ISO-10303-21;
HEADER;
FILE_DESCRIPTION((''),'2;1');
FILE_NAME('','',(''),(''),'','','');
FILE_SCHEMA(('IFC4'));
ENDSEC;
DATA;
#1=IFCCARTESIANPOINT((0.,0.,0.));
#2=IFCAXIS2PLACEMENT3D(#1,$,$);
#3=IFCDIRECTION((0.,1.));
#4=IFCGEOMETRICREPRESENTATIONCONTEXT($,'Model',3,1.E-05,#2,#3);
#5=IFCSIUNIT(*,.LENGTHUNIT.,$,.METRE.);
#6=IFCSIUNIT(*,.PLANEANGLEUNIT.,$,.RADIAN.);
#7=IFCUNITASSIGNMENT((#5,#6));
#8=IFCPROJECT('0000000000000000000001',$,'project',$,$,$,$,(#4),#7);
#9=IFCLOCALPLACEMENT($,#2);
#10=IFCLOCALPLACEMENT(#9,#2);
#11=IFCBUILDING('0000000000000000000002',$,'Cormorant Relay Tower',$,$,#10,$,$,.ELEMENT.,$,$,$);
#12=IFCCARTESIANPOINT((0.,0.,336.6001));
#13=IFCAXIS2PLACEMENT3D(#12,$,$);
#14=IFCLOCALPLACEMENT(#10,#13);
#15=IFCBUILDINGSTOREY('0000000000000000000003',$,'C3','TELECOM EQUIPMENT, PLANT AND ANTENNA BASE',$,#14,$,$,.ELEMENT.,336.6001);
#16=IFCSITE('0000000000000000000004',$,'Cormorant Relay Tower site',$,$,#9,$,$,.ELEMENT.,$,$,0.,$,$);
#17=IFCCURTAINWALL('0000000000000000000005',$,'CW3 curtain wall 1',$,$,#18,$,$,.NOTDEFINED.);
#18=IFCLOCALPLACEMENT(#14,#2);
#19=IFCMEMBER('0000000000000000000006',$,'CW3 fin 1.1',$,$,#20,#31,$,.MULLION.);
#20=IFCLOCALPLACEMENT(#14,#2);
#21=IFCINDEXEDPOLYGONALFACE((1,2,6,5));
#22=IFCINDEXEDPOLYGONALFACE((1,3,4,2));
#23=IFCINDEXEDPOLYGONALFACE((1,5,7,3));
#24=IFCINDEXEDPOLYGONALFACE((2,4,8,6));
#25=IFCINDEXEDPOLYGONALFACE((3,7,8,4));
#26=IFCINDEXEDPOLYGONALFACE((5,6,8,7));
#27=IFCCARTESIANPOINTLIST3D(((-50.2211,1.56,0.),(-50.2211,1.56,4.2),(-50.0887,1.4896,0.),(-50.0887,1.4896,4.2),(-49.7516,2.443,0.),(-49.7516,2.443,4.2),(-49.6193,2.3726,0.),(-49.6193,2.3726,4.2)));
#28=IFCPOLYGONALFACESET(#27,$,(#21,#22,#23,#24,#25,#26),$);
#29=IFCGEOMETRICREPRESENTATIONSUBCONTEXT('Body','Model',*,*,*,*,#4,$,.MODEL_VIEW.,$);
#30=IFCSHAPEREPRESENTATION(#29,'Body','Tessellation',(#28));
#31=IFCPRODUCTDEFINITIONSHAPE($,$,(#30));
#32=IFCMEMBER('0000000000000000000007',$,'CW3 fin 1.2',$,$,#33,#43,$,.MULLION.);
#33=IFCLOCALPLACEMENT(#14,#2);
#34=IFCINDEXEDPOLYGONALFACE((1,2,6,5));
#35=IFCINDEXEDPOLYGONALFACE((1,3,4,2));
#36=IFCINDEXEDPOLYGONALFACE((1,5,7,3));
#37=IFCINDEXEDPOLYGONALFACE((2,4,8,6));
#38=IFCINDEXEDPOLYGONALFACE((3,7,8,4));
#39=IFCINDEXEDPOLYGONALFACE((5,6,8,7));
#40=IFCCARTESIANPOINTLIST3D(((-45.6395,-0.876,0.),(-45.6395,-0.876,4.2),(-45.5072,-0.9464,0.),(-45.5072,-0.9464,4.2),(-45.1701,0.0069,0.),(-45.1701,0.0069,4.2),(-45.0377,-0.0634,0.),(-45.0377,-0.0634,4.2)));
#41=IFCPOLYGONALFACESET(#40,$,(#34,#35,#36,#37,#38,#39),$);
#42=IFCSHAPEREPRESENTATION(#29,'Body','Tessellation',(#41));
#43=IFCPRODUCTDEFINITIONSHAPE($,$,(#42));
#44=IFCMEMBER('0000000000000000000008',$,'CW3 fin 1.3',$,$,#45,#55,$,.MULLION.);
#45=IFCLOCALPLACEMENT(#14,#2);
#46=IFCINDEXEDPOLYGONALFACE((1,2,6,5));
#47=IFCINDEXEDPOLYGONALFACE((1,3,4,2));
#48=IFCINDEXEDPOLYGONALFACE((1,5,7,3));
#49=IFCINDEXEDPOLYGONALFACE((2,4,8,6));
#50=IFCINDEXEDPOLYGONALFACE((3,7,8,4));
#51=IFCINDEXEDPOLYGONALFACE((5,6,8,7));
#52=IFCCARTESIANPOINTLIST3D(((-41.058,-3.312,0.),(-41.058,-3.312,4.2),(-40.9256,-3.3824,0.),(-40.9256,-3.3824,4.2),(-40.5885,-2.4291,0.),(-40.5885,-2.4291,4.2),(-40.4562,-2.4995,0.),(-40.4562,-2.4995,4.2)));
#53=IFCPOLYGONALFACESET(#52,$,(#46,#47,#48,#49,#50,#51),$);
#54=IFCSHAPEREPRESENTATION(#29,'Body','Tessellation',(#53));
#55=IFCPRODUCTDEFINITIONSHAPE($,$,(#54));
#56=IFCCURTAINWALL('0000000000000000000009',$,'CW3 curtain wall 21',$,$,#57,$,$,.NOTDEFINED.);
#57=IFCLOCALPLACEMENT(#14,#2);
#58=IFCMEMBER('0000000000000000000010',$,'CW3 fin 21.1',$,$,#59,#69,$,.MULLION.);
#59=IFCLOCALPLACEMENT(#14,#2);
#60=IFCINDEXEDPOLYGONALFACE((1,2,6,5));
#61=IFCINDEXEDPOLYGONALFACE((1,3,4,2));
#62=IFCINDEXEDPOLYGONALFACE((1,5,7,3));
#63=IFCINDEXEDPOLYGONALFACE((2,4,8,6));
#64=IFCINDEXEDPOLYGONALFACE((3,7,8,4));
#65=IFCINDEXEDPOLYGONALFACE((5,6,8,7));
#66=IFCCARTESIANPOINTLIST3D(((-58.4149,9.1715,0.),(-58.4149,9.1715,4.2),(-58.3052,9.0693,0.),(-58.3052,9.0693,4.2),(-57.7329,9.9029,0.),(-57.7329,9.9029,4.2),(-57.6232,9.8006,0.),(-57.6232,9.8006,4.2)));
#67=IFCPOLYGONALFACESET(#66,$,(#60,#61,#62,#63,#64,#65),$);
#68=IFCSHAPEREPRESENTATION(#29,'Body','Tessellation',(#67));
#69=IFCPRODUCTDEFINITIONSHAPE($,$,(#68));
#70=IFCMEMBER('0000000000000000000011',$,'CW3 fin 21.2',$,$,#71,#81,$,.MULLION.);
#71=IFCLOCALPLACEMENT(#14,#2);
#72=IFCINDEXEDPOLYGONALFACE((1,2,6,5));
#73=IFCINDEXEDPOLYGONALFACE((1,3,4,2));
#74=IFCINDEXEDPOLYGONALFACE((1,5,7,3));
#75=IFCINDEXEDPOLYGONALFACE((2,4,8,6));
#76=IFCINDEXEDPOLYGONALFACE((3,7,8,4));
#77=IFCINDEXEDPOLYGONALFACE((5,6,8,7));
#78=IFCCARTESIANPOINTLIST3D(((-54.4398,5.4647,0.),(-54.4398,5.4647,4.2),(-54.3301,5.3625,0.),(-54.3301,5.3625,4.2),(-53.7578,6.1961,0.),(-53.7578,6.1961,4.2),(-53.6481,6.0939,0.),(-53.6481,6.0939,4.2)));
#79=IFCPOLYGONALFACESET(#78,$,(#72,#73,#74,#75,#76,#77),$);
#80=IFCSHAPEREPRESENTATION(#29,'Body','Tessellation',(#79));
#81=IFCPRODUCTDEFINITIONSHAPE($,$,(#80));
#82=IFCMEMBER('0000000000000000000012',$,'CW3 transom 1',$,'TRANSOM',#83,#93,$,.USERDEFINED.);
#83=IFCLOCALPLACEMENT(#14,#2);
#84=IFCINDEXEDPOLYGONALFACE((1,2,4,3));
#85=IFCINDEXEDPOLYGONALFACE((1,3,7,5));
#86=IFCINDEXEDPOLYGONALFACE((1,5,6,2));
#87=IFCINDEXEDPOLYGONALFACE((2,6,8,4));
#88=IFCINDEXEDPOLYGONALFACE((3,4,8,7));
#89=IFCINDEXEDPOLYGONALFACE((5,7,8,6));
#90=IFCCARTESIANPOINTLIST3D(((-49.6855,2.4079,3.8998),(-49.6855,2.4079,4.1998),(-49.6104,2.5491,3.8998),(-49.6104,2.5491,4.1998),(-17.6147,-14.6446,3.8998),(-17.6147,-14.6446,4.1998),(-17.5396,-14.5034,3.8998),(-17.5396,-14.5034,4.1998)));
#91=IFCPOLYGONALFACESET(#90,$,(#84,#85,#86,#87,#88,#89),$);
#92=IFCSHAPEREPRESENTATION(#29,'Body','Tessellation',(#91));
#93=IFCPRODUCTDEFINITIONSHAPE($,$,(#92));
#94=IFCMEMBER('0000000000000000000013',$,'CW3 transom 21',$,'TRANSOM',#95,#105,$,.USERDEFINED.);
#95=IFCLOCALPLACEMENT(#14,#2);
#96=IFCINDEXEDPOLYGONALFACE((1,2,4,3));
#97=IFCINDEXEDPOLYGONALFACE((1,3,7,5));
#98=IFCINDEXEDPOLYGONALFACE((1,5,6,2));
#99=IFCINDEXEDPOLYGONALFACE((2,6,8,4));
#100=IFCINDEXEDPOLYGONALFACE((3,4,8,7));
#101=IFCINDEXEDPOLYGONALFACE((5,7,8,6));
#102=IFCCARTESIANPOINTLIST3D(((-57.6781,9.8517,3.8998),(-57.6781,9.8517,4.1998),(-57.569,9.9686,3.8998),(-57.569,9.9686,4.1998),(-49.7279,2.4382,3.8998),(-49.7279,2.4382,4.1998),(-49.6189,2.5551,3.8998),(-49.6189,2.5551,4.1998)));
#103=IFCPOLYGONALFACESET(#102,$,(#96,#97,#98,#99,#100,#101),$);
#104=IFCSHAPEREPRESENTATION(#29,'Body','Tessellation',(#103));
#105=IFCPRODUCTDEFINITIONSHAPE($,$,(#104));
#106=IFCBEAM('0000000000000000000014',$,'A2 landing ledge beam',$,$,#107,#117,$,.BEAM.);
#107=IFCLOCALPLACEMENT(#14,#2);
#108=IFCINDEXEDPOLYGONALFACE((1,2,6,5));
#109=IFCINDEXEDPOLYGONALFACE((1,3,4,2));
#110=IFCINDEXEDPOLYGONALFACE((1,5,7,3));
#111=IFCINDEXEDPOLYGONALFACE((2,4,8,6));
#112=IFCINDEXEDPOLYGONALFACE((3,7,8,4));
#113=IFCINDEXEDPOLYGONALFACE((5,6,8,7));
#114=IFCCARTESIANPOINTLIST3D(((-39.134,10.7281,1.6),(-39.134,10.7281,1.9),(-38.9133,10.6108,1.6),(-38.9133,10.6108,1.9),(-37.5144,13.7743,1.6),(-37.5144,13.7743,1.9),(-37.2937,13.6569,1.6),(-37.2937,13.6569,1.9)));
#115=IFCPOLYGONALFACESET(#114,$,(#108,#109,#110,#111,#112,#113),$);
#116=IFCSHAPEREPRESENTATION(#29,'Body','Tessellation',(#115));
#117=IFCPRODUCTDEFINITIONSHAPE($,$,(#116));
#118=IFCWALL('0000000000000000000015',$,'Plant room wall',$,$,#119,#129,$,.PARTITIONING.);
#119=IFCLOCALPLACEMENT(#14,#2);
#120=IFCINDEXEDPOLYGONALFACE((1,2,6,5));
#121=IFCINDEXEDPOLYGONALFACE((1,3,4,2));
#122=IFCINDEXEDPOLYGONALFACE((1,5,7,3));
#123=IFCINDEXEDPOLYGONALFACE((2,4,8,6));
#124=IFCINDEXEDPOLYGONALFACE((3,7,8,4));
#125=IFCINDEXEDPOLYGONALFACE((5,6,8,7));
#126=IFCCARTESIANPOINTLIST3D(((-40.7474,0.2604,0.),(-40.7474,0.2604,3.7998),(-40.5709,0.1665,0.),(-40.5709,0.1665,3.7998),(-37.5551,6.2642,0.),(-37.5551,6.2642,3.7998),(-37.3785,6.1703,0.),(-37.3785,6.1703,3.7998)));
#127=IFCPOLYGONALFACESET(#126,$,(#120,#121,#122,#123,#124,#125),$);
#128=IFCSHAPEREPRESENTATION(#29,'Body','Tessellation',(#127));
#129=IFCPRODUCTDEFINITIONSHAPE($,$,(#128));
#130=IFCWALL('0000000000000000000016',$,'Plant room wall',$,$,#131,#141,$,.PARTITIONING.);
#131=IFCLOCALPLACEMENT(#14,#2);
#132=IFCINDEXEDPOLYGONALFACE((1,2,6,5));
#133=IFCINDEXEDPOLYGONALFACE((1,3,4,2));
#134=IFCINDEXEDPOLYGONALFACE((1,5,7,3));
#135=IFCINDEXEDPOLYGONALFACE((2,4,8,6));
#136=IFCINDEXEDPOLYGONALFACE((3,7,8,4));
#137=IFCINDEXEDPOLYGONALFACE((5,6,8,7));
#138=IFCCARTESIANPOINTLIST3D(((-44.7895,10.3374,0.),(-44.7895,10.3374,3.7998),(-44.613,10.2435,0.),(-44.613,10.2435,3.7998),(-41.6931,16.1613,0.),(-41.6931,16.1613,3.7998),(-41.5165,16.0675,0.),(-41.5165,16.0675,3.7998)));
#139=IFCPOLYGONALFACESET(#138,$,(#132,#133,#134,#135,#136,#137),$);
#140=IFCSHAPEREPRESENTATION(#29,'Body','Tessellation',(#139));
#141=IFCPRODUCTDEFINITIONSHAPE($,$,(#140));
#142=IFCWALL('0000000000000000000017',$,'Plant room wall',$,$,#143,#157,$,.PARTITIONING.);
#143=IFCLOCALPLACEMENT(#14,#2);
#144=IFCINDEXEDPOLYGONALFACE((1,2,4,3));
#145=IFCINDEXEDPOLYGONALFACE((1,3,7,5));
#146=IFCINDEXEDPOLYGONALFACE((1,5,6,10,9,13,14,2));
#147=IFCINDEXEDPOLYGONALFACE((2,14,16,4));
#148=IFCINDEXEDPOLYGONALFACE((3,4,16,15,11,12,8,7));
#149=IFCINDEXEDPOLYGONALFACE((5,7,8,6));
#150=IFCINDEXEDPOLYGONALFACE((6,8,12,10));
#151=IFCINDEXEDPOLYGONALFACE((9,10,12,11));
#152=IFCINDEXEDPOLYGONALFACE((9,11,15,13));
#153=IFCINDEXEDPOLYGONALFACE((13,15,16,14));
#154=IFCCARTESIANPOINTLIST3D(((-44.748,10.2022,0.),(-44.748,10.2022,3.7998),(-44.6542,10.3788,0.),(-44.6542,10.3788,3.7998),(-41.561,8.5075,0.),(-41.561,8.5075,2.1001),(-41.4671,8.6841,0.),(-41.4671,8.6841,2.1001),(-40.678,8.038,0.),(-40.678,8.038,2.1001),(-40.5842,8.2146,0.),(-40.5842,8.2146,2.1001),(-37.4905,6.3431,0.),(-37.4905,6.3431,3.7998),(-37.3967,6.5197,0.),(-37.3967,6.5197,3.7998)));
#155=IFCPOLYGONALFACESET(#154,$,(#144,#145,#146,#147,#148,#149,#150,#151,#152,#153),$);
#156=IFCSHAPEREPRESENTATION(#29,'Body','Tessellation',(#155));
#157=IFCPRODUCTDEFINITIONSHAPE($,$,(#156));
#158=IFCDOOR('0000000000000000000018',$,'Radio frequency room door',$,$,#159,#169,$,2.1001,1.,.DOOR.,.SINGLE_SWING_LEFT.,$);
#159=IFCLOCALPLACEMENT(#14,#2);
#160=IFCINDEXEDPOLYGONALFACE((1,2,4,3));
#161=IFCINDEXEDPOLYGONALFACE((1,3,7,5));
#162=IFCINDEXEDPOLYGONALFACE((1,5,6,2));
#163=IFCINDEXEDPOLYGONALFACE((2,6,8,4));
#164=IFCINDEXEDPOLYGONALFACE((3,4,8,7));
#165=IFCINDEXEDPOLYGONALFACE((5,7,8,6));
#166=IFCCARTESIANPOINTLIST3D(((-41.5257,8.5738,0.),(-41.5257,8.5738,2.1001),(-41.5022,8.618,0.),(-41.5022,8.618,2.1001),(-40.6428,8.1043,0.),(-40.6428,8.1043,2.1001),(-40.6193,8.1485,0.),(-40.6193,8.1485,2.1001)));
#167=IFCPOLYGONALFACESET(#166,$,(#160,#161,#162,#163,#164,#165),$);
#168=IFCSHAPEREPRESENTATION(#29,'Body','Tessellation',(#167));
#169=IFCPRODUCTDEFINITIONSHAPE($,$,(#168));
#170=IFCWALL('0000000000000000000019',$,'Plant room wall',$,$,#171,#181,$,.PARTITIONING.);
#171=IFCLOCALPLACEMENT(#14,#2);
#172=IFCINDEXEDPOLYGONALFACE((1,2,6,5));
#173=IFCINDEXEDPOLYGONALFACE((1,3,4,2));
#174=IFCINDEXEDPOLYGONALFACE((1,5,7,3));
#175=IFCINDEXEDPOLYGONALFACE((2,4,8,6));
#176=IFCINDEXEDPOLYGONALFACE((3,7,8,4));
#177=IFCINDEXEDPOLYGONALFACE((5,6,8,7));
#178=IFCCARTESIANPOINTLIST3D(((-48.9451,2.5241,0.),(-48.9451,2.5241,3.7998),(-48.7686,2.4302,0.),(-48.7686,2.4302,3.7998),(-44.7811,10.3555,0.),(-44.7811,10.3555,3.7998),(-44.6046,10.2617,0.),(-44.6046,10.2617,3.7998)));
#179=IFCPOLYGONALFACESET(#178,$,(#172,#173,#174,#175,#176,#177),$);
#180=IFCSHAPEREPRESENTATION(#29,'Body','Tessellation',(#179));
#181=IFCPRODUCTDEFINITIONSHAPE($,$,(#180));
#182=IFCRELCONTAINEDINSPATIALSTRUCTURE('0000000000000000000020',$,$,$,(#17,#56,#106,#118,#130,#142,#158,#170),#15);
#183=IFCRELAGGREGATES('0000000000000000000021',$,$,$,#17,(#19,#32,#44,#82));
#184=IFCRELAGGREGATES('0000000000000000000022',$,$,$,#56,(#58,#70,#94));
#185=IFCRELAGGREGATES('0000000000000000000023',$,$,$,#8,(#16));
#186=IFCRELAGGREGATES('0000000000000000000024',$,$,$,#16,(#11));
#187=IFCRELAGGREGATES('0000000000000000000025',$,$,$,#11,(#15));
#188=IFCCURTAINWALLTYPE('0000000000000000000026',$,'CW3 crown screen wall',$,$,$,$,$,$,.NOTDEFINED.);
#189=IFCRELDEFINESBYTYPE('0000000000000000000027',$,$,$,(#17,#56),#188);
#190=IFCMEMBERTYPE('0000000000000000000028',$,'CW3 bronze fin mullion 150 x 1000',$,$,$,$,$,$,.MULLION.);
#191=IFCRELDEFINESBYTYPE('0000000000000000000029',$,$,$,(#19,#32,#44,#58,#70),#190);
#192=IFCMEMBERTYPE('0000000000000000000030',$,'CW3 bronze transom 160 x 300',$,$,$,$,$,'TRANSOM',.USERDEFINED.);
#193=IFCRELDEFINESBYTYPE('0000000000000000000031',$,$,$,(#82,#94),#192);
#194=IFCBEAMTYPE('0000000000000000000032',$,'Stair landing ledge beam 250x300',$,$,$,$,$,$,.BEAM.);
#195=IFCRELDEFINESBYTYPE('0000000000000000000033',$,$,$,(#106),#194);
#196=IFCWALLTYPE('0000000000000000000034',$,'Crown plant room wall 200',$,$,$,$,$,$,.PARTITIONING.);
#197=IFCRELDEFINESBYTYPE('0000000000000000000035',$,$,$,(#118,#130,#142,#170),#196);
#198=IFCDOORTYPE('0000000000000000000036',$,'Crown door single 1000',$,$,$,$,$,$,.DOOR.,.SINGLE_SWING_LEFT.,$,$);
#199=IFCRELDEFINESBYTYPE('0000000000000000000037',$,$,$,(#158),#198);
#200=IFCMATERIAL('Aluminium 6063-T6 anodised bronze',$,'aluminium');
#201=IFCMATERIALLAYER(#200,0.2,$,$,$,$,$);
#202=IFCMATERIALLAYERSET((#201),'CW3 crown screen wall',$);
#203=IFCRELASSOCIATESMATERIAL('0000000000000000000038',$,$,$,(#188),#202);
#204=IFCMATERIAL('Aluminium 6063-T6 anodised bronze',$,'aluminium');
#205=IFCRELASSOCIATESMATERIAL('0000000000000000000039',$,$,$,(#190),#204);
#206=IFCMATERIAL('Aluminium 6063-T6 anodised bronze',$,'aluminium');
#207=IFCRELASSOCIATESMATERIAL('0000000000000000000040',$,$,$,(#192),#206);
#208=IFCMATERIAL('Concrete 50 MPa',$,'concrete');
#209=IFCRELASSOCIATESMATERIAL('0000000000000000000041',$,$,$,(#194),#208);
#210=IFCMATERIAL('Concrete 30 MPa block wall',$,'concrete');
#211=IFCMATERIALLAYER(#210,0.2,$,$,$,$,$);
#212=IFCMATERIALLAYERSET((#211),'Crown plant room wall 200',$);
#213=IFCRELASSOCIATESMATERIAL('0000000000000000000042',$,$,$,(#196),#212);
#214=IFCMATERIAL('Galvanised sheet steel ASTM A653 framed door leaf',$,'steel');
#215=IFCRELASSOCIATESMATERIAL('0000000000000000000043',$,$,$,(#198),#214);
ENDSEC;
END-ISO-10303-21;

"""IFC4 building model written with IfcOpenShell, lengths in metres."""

from ifc_helpers import new_model, si_unit, direction, frame, frame_2d, origin, origin_2d, place, context, subcontext, project, spatial, rectangle, extrude, material, layer, layer_set, material_profile, profile_set, type_object, element, fill, aggregate, save


model = new_model("IFC4")

# Units and contexts
model_context = context("Model", 3, precision=1e-05, world=origin(), true_north=direction((0.0, 1.0)))
body_context = subcontext(model_context, "Body", "Model", "MODEL_VIEW")
ifc_project = project(units=[si_unit("LENGTHUNIT", "METRE"), si_unit("PLANEANGLEUNIT", "RADIAN")], contexts=[model_context])

# Site, building, storey
site_placement = place(None, origin())
site = spatial("IfcSite", under=ifc_project, at=site_placement, Name="Cormorant Relay Tower site", CompositionType="ELEMENT", RefElevation=0.0)
building_placement = place(site_placement, origin())
building = spatial("IfcBuilding", under=site, at=building_placement, Name="Cormorant Relay Tower", CompositionType="ELEMENT")
storey_placement = place(building_placement, frame((0.0, 0.0, 336.6001)))
storey = spatial("IfcBuildingStorey", under=building, at=storey_placement, Name="C3", Description="TELECOM EQUIPMENT, PLANT AND ANTENNA BASE", CompositionType="ELEMENT", Elevation=336.6001)

# Curtain walls, members
ifc_material_1 = material(Name="Aluminium 6063-T6 anodised bronze", Category="aluminium")
ifc_layer_1 = layer(ifc_material_1, 0.2)
ifc_layer_set_1 = layer_set([ifc_layer_1], Name="CW3 crown screen wall")
curtain_wall_type = type_object("IfcCurtainWallType", Name="CW3 crown screen wall", PredefinedType="NOTDEFINED", material=ifc_layer_set_1)
curtain_wall_1_placement = place(storey_placement, origin())
curtain_wall_1 = element("IfcCurtainWall", 1, at=curtain_wall_1_placement, inside=storey, type_object=curtain_wall_type, Name="CW3 curtain wall 1", PredefinedType="NOTDEFINED")
ifc_material_2 = material(Name="Aluminium 6063-T6 anodised bronze", Category="aluminium")
ifc_material_profile_1 = material_profile(ifc_material_2, rectangle(XDim=0.1499, YDim=1.0, at=origin_2d()), Name="AL 150x1000")
ifc_profile_set_1 = profile_set([ifc_material_profile_1], Name="Aluminium 6063-T6 anodised bronze")
member_type_1 = type_object("IfcMemberType", Name="CW3 bronze fin mullion 150 x 1000", PredefinedType="MULLION", material=ifc_profile_set_1)
member_1_placement = place(storey_placement, frame((-49.9202, 1.9663, 0.0), z_axis=(0.0, 0.0, 1.0), x_axis=(0.882948, -0.469472, 0.0)))
member_1 = element("IfcMember", 2, at=member_1_placement, type_object=member_type_1, Name="CW3 fin 1.1", PredefinedType="MULLION", context=body_context, shape_type="SweptSolid", body=[
    extrude(rectangle(XDim=0.1499, YDim=1.0, at=origin_2d()), origin(), (0.0, 0.0, 1.0), 4.2),
])
member_2_placement = place(storey_placement, frame((-45.3386, -0.4697, 0.0), z_axis=(0.0, 0.0, 1.0), x_axis=(0.882948, -0.469472, 0.0)))
member_2 = element("IfcMember", 3, at=member_2_placement, type_object=member_type_1, Name="CW3 fin 1.2", PredefinedType="MULLION", context=body_context, shape_type="SweptSolid", body=[
    extrude(rectangle(XDim=0.1499, YDim=1.0, at=origin_2d()), origin(), (0.0, 0.0, 1.0), 4.2),
])
member_3_placement = place(storey_placement, frame((-40.7571, -2.9058, 0.0), z_axis=(0.0, 0.0, 1.0), x_axis=(0.882948, -0.469472, 0.0)))
member_3 = element("IfcMember", 4, at=member_3_placement, type_object=member_type_1, Name="CW3 fin 1.3", PredefinedType="MULLION", context=body_context, shape_type="SweptSolid", body=[
    extrude(rectangle(XDim=0.1499, YDim=1.0, at=origin_2d()), origin(), (0.0, 0.0, 1.0), 4.2),
])
curtain_wall_2_placement = place(storey_placement, origin())
curtain_wall_2 = element("IfcCurtainWall", 5, at=curtain_wall_2_placement, inside=storey, type_object=curtain_wall_type, Name="CW3 curtain wall 21", PredefinedType="NOTDEFINED")
member_4_placement = place(storey_placement, frame((-58.019, 9.4861, 0.0), z_axis=(0.0, 0.0, 1.0), x_axis=(0.731354, -0.681998, 0.0)))
member_4 = element("IfcMember", 6, at=member_4_placement, type_object=member_type_1, Name="CW3 fin 21.1", PredefinedType="MULLION", context=body_context, shape_type="SweptSolid", body=[
    extrude(rectangle(XDim=0.1499, YDim=1.0, at=origin_2d()), origin(), (0.0, 0.0, 1.0), 4.2),
])
member_5_placement = place(storey_placement, frame((-54.0439, 5.7793, 0.0), z_axis=(0.0, 0.0, 1.0), x_axis=(0.731354, -0.681998, 0.0)))
member_5 = element("IfcMember", 7, at=member_5_placement, type_object=member_type_1, Name="CW3 fin 21.2", PredefinedType="MULLION", context=body_context, shape_type="SweptSolid", body=[
    extrude(rectangle(XDim=0.1499, YDim=1.0, at=origin_2d()), origin(), (0.0, 0.0, 1.0), 4.2),
])

# Members
ifc_material_3 = material(Name="Aluminium 6063-T6 anodised bronze", Category="aluminium")
ifc_material_profile_2 = material_profile(ifc_material_3, rectangle(XDim=0.1599, YDim=0.3, at=origin_2d()), Name="AL 160x300")
ifc_profile_set_2 = profile_set([ifc_material_profile_2], Name="Aluminium 6063-T6 anodised bronze")
member_type_2 = type_object("IfcMemberType", Name="CW3 bronze transom 160 x 300", ElementType="TRANSOM", PredefinedType="USERDEFINED", material=ifc_profile_set_2)
member_6_placement = place(storey_placement, frame((-49.6479, 2.4785, 4.0498), z_axis=(0.882946, -0.469475, 0.0), x_axis=(0.469475, 0.882946, 0.0)))
member_6 = element("IfcMember", 8, at=member_6_placement, type_object=member_type_2, Name="CW3 transom 1", ObjectType="TRANSOM", PredefinedType="USERDEFINED", context=body_context, shape_type="SweptSolid", body=[
    extrude(rectangle(XDim=0.1599, YDim=0.3, at=origin_2d()), origin(), (0.0, 0.0, 1.0), 36.3225),
])
member_7_placement = place(storey_placement, frame((-57.6235, 9.9102, 4.0498), z_axis=(0.731358, -0.681993, 0.0), x_axis=(0.681993, 0.731358, 0.0)))
member_7 = element("IfcMember", 9, at=member_7_placement, type_object=member_type_2, Name="CW3 transom 21", ObjectType="TRANSOM", PredefinedType="USERDEFINED", context=body_context, shape_type="SweptSolid", body=[
    extrude(rectangle(XDim=0.1599, YDim=0.3, at=origin_2d()), origin(), (0.0, 0.0, 1.0), 10.8704),
])

# Beam
ifc_material_4 = material(Name="Concrete 50 MPa", Category="concrete")
ifc_material_profile_3 = material_profile(ifc_material_4, rectangle(XDim=0.25, YDim=0.3, at=origin_2d()), Name="RC 250x300")
ifc_profile_set_3 = profile_set([ifc_material_profile_3], Name="Concrete 50 MPa")
beam_type = type_object("IfcBeamType", Name="Stair landing ledge beam 250x300", PredefinedType="BEAM", material=ifc_profile_set_3)
beam_placement = place(storey_placement, frame((-37.4041, 13.7156, 1.75), z_axis=(-0.469464, -0.882952, 0.0), x_axis=(0.882952, -0.469464, 0.0)))
element("IfcBeam", 10, at=beam_placement, inside=storey, type_object=beam_type, Name="A2 landing ledge beam", PredefinedType="BEAM", context=body_context, shape_type="SweptSolid", body=[
    extrude(rectangle(XDim=0.25, YDim=0.3, at=origin_2d()), origin(), (0.0, 0.0, 1.0), 3.45),
])

# Walls
ifc_material_5 = material(Name="Concrete 30 MPa block wall", Category="concrete")
ifc_layer_2 = layer(ifc_material_5, 0.2)
ifc_layer_set_2 = layer_set([ifc_layer_2], Name="Crown plant room wall 200")
wall_type_1 = type_object("IfcWallType", Name="Crown plant room wall 200", PredefinedType="PARTITIONING", material=ifc_layer_set_2)
wall_1_placement = place(storey_placement, frame((-37.4668, 6.2173, 0.0), z_axis=(0.0, 0.0, 1.0), x_axis=(-0.469477, -0.882945, 0.0)))
element("IfcWall", 11, at=wall_1_placement, inside=storey, type_object=wall_type_1, Name="Plant room wall", PredefinedType="PARTITIONING", context=body_context, shape_type="SweptSolid", body=[
    extrude(rectangle(XDim=6.7998, YDim=0.2, at=frame_2d((3.3999, 0.0))), origin(), (0.0, 0.0, 1.0), 3.7998),
])
wall_2_placement = place(storey_placement, frame((-44.7012, 10.2905, 0.0), z_axis=(0.0, 0.0, 1.0), x_axis=(0.469445, 0.882962, 0.0)))
element("IfcWall", 12, at=wall_2_placement, inside=storey, type_object=wall_type_1, Name="Plant room wall", PredefinedType="PARTITIONING", context=body_context, shape_type="SweptSolid", body=[
    extrude(rectangle(XDim=6.5959, YDim=0.2, at=frame_2d((3.2979, 0.0))), origin(), (0.0, 0.0, 1.0), 3.7998),
])

# Wall, opening, door
wall_3_placement = place(storey_placement, frame((-37.4436, 6.4314, 0.0), z_axis=(0.0, 0.0, 1.0), x_axis=(-0.882937, 0.469492, 0.0)))
wall_3 = element("IfcWall", 13, at=wall_3_placement, inside=storey, type_object=wall_type_1, Name="Plant room wall", PredefinedType="PARTITIONING", context=body_context, shape_type="SweptSolid", body=[
    extrude(rectangle(XDim=8.2197, YDim=0.2, at=frame_2d((4.1099, 0.0))), origin(), (0.0, 0.0, 1.0), 3.7998),
])
opening_1_placement = place(wall_3_placement, frame((3.6101, 0.0, 0.0)))
opening_1 = element("IfcOpeningElement", 14, at=opening_1_placement, cuts=wall_3, PredefinedType="OPENING", context=body_context, shape_type="SweptSolid", body=[
    extrude(rectangle(XDim=1.0, YDim=2.1001, at=frame_2d((0.5, 1.05))), frame((0.0, 0.1099, 0.0), z_axis=(0.0, -1.0, 0.0), x_axis=(1.0, 0.0, 0.0)), (0.0, 0.0, 1.0), 0.22),
])
ifc_material_6 = material(Name="Galvanised sheet steel ASTM A653 framed door leaf", Category="steel")
door_type_1 = type_object("IfcDoorType", Name="Crown door single 1000", OperationType="SINGLE_SWING_LEFT", PredefinedType="DOOR", material=ifc_material_6)
door_1_placement = place(opening_1_placement, origin())
door_1 = element("IfcDoor", 15, at=door_1_placement, inside=storey, type_object=door_type_1, Name="Radio frequency room door", OperationType="SINGLE_SWING_LEFT", OverallHeight=2.1001, OverallWidth=1.0, PredefinedType="DOOR", context=body_context, shape_type="SweptSolid", body=[
    extrude(rectangle(XDim=1.0, YDim=2.1001, at=frame_2d((0.5, 1.05))), frame((0.0, 0.0249, 0.0), z_axis=(0.0, -1.0, 0.0), x_axis=(1.0, 0.0, 0.0)), (0.0, 0.0, 1.0), 0.05),
])
fill(opening_1, door_1)

# Wall
wall_4_placement = place(storey_placement, frame((-44.6929, 10.3086, 0.0), z_axis=(0.0, 0.0, 1.0), x_axis=(-0.469468, -0.88295, 0.0)))
element("IfcWall", 16, at=wall_4_placement, inside=storey, type_object=wall_type_1, Name="Plant room wall", PredefinedType="PARTITIONING", context=body_context, shape_type="SweptSolid", body=[
    extrude(rectangle(XDim=8.8696, YDim=0.2, at=frame_2d((4.4348, 0.0))), origin(), (0.0, 0.0, 1.0), 3.7998),
])

aggregate(curtain_wall_1, [member_1, member_2, member_3, member_6])

aggregate(curtain_wall_2, [member_4, member_5, member_7])

save(model, "model.ifc")
